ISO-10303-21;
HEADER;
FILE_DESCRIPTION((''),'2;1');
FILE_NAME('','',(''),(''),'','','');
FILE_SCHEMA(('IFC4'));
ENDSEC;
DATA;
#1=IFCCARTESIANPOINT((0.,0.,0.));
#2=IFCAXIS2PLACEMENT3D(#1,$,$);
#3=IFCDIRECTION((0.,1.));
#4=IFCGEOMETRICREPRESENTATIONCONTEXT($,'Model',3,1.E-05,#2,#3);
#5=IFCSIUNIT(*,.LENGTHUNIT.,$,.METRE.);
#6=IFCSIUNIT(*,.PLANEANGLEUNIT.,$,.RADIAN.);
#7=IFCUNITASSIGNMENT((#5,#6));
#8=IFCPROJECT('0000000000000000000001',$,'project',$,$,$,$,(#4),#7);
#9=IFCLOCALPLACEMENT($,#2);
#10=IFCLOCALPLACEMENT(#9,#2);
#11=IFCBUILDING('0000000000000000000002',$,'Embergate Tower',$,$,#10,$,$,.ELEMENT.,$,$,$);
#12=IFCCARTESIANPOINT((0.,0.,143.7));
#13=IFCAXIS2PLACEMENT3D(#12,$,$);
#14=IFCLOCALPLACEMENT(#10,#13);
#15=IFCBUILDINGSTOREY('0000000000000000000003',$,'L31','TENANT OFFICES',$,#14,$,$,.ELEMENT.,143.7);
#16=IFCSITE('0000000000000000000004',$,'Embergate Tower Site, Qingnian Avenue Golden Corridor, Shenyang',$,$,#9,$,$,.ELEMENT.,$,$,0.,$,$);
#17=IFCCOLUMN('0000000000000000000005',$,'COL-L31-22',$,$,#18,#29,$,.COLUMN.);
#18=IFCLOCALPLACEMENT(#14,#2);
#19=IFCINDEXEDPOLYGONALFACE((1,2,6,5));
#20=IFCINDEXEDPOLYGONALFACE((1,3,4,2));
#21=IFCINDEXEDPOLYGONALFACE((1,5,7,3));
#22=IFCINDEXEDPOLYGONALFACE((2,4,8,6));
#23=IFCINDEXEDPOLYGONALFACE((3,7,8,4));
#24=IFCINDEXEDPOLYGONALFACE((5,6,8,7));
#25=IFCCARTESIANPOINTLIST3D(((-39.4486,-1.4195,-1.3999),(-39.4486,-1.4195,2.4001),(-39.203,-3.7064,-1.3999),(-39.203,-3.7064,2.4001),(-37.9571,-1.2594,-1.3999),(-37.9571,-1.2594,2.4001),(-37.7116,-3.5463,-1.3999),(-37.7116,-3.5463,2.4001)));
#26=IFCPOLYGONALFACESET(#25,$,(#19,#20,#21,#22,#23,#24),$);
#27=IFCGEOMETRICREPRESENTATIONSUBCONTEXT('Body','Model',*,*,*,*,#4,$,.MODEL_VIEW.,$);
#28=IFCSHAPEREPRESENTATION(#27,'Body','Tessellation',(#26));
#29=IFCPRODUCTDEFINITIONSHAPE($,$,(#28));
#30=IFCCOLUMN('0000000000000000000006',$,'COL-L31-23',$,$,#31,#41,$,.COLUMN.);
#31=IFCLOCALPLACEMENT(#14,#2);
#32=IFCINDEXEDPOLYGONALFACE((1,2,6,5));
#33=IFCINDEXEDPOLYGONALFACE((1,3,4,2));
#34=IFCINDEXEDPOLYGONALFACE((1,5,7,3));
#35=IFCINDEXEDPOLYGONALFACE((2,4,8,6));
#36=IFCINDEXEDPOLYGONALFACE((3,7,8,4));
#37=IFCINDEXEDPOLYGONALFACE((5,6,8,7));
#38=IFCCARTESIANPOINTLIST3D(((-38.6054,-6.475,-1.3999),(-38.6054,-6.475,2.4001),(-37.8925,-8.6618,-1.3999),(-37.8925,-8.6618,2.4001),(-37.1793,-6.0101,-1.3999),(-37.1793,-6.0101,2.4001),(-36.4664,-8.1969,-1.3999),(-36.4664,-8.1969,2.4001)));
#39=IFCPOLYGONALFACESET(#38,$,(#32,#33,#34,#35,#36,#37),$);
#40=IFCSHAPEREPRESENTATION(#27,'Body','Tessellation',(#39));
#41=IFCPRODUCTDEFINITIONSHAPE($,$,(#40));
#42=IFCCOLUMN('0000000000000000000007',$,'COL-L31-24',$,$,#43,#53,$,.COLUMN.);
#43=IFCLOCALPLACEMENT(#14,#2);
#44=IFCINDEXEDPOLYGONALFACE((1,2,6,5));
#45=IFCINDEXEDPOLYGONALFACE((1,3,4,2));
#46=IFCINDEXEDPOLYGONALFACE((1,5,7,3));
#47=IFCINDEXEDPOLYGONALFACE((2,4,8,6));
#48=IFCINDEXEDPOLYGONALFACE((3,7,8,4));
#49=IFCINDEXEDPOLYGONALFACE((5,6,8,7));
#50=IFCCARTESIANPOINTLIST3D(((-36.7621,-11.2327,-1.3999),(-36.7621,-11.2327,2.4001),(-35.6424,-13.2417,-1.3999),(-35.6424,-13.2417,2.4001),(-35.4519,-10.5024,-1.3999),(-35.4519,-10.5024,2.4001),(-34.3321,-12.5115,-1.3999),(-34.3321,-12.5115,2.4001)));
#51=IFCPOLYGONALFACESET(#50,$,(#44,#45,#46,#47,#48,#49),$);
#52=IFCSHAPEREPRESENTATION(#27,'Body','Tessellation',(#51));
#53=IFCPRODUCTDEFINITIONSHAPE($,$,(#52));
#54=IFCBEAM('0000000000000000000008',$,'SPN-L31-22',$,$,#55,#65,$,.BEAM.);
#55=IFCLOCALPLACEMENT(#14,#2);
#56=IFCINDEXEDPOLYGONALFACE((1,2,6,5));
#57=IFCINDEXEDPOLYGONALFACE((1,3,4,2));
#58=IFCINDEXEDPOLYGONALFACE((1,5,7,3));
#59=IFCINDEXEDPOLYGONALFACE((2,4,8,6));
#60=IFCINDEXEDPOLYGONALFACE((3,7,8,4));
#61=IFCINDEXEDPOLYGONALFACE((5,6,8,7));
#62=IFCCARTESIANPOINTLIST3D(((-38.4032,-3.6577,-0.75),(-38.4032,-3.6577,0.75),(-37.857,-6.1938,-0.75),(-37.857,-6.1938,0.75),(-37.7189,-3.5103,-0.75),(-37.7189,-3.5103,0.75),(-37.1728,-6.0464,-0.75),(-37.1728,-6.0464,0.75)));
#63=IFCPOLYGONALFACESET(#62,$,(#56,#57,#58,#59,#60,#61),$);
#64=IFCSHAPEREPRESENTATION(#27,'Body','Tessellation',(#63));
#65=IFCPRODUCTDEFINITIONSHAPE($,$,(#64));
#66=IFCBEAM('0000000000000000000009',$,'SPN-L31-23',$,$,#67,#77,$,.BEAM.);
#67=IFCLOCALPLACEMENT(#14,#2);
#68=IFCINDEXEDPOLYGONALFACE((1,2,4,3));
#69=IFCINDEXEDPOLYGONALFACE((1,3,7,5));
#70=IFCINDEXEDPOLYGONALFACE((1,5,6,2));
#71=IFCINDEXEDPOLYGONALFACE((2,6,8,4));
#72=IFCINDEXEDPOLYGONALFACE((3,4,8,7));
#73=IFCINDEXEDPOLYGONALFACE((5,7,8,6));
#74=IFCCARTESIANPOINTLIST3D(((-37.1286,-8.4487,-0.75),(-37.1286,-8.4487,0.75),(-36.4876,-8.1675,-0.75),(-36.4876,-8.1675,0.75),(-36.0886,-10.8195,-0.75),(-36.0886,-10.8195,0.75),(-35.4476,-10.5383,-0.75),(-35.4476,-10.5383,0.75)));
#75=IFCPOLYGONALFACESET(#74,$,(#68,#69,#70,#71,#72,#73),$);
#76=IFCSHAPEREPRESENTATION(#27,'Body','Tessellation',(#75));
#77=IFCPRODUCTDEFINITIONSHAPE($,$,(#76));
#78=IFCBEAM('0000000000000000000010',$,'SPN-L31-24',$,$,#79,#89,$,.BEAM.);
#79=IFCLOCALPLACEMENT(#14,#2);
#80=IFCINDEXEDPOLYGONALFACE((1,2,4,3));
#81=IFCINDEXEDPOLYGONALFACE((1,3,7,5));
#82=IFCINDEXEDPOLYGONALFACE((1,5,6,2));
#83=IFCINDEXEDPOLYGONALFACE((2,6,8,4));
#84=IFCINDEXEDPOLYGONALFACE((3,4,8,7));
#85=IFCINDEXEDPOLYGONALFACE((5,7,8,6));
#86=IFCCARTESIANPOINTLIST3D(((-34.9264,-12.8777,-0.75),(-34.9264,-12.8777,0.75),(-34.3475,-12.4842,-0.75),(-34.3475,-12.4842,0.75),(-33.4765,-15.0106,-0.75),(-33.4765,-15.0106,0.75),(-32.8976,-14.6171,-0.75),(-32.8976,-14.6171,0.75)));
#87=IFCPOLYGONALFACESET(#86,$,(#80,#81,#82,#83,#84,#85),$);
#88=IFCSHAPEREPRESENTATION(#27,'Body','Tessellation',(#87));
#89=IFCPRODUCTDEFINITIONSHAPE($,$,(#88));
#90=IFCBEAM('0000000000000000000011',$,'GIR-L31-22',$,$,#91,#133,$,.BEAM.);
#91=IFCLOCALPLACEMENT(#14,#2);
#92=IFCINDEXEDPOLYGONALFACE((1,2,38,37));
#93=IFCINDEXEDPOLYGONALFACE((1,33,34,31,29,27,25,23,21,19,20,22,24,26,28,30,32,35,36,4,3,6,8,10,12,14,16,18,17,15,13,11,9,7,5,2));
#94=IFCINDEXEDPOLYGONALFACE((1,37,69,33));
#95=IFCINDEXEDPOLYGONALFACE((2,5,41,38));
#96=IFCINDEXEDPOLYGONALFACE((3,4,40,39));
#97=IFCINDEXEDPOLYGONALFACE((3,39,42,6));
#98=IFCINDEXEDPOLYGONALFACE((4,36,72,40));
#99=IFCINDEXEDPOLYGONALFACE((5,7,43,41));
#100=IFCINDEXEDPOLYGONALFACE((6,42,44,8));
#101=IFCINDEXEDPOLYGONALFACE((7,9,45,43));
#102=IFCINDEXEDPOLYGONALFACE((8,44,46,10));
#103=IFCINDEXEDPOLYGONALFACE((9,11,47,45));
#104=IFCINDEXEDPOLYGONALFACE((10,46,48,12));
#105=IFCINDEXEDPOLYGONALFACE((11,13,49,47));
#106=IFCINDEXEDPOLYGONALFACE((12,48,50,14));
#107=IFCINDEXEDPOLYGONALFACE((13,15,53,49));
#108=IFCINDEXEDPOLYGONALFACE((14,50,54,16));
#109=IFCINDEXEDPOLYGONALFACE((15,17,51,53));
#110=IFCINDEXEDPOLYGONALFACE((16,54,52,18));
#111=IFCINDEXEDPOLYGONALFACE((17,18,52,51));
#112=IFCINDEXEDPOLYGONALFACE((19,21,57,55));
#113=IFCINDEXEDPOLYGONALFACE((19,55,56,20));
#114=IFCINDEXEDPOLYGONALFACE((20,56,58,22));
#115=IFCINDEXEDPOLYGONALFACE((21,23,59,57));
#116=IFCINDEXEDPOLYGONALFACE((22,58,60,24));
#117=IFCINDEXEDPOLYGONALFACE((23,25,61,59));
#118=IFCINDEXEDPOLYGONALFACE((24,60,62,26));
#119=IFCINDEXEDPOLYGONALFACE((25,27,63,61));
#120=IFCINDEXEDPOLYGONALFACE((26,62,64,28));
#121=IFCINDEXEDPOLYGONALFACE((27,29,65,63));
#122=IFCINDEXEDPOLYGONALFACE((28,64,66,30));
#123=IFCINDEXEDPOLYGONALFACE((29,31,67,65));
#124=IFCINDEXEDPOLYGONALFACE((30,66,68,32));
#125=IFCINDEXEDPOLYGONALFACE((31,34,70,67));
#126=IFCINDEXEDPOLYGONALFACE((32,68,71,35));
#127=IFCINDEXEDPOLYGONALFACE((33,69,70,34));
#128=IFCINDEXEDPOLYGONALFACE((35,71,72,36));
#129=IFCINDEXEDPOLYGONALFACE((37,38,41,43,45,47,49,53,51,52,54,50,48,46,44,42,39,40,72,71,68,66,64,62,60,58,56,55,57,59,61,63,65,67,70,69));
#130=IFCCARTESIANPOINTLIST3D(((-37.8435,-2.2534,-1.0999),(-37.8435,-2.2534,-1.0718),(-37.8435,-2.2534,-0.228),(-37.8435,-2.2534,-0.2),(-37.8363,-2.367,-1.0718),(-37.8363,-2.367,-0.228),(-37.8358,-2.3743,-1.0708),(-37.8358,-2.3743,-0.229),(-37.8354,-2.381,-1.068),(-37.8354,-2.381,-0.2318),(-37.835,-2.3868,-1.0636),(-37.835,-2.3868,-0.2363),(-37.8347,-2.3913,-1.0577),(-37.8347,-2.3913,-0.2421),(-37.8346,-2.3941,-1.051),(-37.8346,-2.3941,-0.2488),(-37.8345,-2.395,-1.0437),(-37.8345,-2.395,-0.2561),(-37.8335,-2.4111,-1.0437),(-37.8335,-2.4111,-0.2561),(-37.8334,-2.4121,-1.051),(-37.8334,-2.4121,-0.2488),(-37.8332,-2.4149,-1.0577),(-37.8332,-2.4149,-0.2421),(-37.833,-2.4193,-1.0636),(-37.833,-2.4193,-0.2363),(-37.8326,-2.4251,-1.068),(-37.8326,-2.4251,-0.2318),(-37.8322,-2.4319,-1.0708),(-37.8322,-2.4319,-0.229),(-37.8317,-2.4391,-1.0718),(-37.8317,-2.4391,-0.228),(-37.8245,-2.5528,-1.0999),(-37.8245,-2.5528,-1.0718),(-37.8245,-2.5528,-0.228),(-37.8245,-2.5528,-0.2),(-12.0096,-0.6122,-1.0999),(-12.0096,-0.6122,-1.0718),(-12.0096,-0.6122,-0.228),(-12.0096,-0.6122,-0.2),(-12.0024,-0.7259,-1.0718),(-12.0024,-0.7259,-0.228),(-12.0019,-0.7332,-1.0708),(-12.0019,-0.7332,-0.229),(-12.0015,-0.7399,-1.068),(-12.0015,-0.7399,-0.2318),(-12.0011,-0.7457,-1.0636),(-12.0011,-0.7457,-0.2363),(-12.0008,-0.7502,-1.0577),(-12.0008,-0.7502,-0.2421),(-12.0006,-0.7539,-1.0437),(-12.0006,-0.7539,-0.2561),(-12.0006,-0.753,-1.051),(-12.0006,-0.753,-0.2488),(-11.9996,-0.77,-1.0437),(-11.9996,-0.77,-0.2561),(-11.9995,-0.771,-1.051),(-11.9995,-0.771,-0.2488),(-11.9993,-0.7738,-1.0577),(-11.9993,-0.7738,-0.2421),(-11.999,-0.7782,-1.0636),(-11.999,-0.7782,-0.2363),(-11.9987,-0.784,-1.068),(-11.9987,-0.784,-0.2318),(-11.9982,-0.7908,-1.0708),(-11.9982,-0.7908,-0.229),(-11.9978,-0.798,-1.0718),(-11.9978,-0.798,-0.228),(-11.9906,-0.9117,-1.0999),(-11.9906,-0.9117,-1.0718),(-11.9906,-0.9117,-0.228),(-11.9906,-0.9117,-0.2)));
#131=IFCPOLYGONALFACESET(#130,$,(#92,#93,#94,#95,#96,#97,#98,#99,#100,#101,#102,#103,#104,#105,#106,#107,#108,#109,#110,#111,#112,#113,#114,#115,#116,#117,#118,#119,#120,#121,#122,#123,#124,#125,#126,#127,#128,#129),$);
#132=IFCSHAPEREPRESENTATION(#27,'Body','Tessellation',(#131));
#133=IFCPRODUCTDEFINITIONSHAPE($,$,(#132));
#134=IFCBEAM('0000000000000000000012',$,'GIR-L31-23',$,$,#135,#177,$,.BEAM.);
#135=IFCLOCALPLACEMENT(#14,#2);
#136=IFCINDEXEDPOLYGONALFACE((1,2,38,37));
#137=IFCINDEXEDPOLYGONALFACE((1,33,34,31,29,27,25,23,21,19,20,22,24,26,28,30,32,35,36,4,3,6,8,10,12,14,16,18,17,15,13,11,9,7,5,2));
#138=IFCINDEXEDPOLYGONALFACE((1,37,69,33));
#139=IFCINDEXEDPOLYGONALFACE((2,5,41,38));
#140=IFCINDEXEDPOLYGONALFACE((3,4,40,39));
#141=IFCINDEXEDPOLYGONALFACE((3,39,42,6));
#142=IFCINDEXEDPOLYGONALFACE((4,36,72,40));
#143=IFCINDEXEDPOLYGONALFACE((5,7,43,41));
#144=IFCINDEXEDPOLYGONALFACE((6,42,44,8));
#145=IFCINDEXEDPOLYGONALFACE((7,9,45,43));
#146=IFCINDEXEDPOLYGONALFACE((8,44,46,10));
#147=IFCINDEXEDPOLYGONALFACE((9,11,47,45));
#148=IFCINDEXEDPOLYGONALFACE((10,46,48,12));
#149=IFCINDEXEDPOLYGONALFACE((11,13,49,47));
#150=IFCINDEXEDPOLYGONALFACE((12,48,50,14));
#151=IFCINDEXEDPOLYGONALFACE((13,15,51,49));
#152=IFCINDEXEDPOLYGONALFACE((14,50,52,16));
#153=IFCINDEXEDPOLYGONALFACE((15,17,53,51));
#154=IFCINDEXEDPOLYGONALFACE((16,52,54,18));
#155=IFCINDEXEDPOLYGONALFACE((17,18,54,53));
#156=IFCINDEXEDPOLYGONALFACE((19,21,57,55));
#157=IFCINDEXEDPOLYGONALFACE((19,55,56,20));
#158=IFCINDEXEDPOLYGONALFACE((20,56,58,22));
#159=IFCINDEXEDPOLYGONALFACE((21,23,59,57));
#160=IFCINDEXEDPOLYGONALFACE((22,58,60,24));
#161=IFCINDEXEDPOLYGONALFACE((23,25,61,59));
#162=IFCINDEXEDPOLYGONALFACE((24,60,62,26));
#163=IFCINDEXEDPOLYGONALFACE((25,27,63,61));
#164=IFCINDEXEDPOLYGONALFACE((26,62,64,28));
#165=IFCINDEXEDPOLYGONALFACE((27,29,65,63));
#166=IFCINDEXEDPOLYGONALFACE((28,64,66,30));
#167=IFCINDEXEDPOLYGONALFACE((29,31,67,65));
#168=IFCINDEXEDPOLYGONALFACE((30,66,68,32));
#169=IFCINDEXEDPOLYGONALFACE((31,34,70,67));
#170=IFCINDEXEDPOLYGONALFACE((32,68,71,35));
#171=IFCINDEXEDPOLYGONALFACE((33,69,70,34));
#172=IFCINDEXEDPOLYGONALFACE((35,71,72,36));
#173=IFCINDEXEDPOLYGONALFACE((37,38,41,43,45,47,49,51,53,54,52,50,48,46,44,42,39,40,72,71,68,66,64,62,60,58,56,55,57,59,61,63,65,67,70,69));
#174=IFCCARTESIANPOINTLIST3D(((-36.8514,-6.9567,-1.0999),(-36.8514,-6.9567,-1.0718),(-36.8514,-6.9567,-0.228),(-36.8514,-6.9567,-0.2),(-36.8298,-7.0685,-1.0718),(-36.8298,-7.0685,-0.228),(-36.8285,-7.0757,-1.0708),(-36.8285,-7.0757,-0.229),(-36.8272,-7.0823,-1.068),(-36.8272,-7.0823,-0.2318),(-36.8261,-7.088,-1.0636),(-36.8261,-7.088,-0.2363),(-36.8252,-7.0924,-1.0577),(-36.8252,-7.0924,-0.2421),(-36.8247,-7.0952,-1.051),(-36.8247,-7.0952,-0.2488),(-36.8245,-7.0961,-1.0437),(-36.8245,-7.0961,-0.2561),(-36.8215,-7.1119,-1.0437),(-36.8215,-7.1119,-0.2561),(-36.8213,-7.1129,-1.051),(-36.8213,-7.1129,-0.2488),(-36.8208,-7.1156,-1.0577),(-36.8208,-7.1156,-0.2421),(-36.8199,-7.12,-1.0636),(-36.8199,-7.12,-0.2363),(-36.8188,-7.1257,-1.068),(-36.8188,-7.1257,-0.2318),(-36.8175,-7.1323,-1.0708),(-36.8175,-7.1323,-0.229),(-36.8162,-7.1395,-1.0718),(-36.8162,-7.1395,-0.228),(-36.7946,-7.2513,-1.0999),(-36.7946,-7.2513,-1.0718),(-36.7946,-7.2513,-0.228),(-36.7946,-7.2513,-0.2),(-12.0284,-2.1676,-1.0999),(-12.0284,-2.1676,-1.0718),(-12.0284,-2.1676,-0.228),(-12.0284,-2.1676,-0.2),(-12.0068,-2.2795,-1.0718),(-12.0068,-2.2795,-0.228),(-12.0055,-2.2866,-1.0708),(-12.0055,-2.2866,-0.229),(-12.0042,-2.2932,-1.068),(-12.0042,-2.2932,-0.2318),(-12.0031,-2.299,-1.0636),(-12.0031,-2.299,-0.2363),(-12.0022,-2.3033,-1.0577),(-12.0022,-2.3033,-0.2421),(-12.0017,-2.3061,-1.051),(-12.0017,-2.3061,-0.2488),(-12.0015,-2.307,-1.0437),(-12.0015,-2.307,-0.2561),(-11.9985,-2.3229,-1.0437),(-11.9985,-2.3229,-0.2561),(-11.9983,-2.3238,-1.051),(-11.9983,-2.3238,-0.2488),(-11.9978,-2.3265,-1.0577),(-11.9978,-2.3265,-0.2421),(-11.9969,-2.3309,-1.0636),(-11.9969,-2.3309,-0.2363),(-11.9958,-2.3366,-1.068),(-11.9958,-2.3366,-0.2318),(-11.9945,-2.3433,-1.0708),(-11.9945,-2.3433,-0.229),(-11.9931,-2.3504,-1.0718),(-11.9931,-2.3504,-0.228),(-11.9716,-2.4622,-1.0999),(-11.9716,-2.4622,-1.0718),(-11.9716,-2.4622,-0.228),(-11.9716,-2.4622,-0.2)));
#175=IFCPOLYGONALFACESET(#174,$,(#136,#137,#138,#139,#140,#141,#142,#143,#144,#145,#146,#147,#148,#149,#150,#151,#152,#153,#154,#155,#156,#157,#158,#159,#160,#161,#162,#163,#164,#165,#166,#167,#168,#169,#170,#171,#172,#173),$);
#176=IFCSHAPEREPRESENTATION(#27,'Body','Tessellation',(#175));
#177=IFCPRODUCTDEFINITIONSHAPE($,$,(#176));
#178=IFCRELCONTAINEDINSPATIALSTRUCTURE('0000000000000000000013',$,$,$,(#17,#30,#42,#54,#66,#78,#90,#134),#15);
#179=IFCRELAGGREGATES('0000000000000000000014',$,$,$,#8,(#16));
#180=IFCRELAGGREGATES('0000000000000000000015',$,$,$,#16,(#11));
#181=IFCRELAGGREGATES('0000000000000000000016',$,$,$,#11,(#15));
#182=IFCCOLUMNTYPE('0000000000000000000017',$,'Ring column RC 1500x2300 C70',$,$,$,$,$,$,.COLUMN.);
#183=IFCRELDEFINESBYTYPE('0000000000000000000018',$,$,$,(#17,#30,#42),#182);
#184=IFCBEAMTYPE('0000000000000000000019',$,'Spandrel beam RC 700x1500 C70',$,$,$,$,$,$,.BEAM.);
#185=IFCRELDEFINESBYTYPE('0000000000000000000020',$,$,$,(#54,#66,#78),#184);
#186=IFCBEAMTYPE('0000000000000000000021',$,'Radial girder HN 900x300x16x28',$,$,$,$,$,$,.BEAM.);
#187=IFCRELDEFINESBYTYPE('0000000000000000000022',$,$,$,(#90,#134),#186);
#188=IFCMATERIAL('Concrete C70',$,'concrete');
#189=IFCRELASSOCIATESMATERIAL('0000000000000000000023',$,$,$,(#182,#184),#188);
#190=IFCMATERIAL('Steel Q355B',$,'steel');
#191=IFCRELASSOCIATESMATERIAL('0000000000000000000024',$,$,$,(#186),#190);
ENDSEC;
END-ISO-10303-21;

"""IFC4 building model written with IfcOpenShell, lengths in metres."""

from ifc_helpers import new_model, si_unit, direction, frame, origin, origin_2d, place, context, subcontext, project, spatial, rectangle, i_section, extrude, source, transform, mapped, material, material_profile, profile_set, type_object, element, save


model = new_model("IFC4")

# Units and contexts
model_context = context("Model", 3, precision=1e-05, world=origin(), true_north=direction((0.0, 1.0)))
body_context = subcontext(model_context, "Body", "Model", "MODEL_VIEW")
ifc_project = project(units=[si_unit("LENGTHUNIT", "METRE"), si_unit("PLANEANGLEUNIT", "RADIAN")], contexts=[model_context])

# Site, building, storey
site_placement = place(None, origin())
site = spatial("IfcSite", under=ifc_project, at=site_placement, Name="Embergate Tower Site, Qingnian Avenue Golden Corridor, Shenyang", CompositionType="ELEMENT", RefElevation=0.0)
building_placement = place(site_placement, origin())
building = spatial("IfcBuilding", under=site, at=building_placement, Name="Embergate Tower", CompositionType="ELEMENT")
storey_placement = place(building_placement, frame((0.0, 0.0, 143.7)))
storey = spatial("IfcBuildingStorey", under=building, at=storey_placement, Name="L31", Description="TENANT OFFICES", CompositionType="ELEMENT", Elevation=143.7)

# Columns
ifc_material_1 = material(Name="Concrete C70", Category="concrete")
ifc_material_profile_1 = material_profile(ifc_material_1, rectangle(XDim=1.5, YDim=2.3, at=origin_2d()), Name="RC 1500x2300")
ifc_profile_set_1 = profile_set([ifc_material_profile_1], Name="Concrete C70")
column_type = type_object("IfcColumnType", Name="Ring column RC 1500x2300 C70", PredefinedType="COLUMN", material=ifc_profile_set_1)
shared_shape_1 = source(origin(), body_context, "Body", "SweptSolid", [
    extrude(rectangle(XDim=1.5, YDim=2.3, at=origin_2d()), origin(), (0.0, 0.0, 1.0), 3.8),
])
for number, where, z_axis, x_axis, name in (
    (1, (-38.5801, -2.4829, -1.3999), (0.0, 0.0, 1.0), (-0.994286, -0.10675, 0.0), "COL-L31-22"),
    (2, (-37.5359, -7.3359, -1.3999), (0.0, 0.0, 1.0), (-0.950754, -0.309946, 0.0), "COL-L31-23"),
    (3, (-35.5471, -11.8721, -1.3999), (0.0, 0.0, 1.0), (-0.873492, -0.486839, 0.0), "COL-L31-24"),
):
    element("IfcColumn", number, at=place(storey_placement, frame(where, z_axis=z_axis, x_axis=x_axis)), inside=storey, type_object=column_type, Name=name, PredefinedType="COLUMN", context=body_context, shape_type="MappedRepresentation", body=[
        mapped(shared_shape_1, transform((0.0, 0.0, 0.0))),
    ])

# Beams
ifc_material_profile_2 = material_profile(ifc_material_1, rectangle(XDim=0.7, YDim=1.5, at=origin_2d()), Name="RC 700x1500")
ifc_profile_set_2 = profile_set([ifc_material_profile_2], Name="Concrete C70")
beam_type_1 = type_object("IfcBeamType", Name="Spandrel beam RC 700x1500 C70", PredefinedType="BEAM", material=ifc_profile_set_2)
shared_shape_2 = source(origin(), body_context, "Body", "SweptSolid", [
    extrude(rectangle(XDim=0.7, YDim=1.5, at=origin_2d()), origin(), (0.0, 0.0, 1.0), 2.5942),
])
beam_1_placement = place(storey_placement, frame((-38.061, -3.584, 0.0), z_axis=(0.210519, -0.97759, 0.0), x_axis=(0.97759, 0.210519, 0.0)))
element("IfcBeam", 4, at=beam_1_placement, inside=storey, type_object=beam_type_1, Name="SPN-L31-22", PredefinedType="BEAM", context=body_context, shape_type="MappedRepresentation", body=[
    mapped(shared_shape_2, transform((0.0, 0.0, 0.0))),
])
shared_shape_3 = source(origin(), body_context, "Body", "SweptSolid", [
    extrude(rectangle(XDim=0.7, YDim=1.5, at=origin_2d()), origin(), (0.0, 0.0, 1.0), 2.5889),
])
beam_2_placement = place(storey_placement, frame((-36.8081, -8.3081, 0.0), z_axis=(0.401724, -0.915761, 0.0), x_axis=(0.915761, 0.401724, 0.0)))
element("IfcBeam", 5, at=beam_2_placement, inside=storey, type_object=beam_type_1, Name="SPN-L31-23", PredefinedType="BEAM", context=body_context, shape_type="MappedRepresentation", body=[
    mapped(shared_shape_3, transform((0.0, 0.0, 0.0))),
])
shared_shape_4 = source(origin(), body_context, "Body", "SweptSolid", [
    extrude(rectangle(XDim=0.7, YDim=1.5, at=origin_2d()), origin(), (0.0, 0.0, 1.0), 2.5791),
])
beam_3_placement = place(storey_placement, frame((-34.637, -12.6809, 0.0), z_axis=(0.56217, -0.827022, 0.0), x_axis=(0.827022, 0.56217, 0.0)))
element("IfcBeam", 6, at=beam_3_placement, inside=storey, type_object=beam_type_1, Name="SPN-L31-24", PredefinedType="BEAM", context=body_context, shape_type="MappedRepresentation", body=[
    mapped(shared_shape_4, transform((0.0, 0.0, 0.0))),
])
ifc_material_2 = material(Name="Steel Q355B", Category="steel")
ifc_material_profile_3 = material_profile(ifc_material_2, i_section(OverallWidth=0.3, OverallDepth=0.8999, WebThickness=0.0161, FlangeThickness=0.0281, FilletRadius=0.0281, at=origin_2d()), Name="HN 900x300x16x28")
ifc_profile_set_3 = profile_set([ifc_material_profile_3], Name="Steel Q355 grade B")
beam_type_2 = type_object("IfcBeamType", Name="Radial girder HN 900x300x16x28", PredefinedType="BEAM", material=ifc_profile_set_3)
shared_shape_5 = source(origin(), body_context, "Body", "SweptSolid", [
    extrude(i_section(OverallWidth=0.3, OverallDepth=0.8999, WebThickness=0.0161, FlangeThickness=0.0281, FilletRadius=0.0281, at=origin_2d()), origin(), (0.0, 0.0, 1.0), 25.886),
])
beam_4_placement = place(storey_placement, frame((-37.834, -2.4031, -0.6499), z_axis=(0.997988, 0.063398, 0.0), x_axis=(-0.063398, 0.997988, 0.0)))
element("IfcBeam", 7, at=beam_4_placement, inside=storey, type_object=beam_type_2, Name="GIR-L31-22", PredefinedType="BEAM", context=body_context, shape_type="MappedRepresentation", body=[
    mapped(shared_shape_5, transform((0.0, 0.0, 0.0))),
])
shared_shape_6 = source(origin(), body_context, "Body", "SweptSolid", [
    extrude(i_section(OverallWidth=0.3, OverallDepth=0.8999, WebThickness=0.0161, FlangeThickness=0.0281, FilletRadius=0.0281, at=origin_2d()), origin(), (0.0, 0.0, 1.0), 25.2808),
])
beam_5_placement = place(storey_placement, frame((-36.823, -7.104, -0.6499), z_axis=(0.981893, 0.189435, 0.0), x_axis=(-0.189435, 0.981893, 0.0)))
element("IfcBeam", 8, at=beam_5_placement, inside=storey, type_object=beam_type_2, Name="GIR-L31-23", PredefinedType="BEAM", context=body_context, shape_type="MappedRepresentation", body=[
    mapped(shared_shape_6, transform((0.0, 0.0, 0.0))),
])

save(model, "model.ifc")
